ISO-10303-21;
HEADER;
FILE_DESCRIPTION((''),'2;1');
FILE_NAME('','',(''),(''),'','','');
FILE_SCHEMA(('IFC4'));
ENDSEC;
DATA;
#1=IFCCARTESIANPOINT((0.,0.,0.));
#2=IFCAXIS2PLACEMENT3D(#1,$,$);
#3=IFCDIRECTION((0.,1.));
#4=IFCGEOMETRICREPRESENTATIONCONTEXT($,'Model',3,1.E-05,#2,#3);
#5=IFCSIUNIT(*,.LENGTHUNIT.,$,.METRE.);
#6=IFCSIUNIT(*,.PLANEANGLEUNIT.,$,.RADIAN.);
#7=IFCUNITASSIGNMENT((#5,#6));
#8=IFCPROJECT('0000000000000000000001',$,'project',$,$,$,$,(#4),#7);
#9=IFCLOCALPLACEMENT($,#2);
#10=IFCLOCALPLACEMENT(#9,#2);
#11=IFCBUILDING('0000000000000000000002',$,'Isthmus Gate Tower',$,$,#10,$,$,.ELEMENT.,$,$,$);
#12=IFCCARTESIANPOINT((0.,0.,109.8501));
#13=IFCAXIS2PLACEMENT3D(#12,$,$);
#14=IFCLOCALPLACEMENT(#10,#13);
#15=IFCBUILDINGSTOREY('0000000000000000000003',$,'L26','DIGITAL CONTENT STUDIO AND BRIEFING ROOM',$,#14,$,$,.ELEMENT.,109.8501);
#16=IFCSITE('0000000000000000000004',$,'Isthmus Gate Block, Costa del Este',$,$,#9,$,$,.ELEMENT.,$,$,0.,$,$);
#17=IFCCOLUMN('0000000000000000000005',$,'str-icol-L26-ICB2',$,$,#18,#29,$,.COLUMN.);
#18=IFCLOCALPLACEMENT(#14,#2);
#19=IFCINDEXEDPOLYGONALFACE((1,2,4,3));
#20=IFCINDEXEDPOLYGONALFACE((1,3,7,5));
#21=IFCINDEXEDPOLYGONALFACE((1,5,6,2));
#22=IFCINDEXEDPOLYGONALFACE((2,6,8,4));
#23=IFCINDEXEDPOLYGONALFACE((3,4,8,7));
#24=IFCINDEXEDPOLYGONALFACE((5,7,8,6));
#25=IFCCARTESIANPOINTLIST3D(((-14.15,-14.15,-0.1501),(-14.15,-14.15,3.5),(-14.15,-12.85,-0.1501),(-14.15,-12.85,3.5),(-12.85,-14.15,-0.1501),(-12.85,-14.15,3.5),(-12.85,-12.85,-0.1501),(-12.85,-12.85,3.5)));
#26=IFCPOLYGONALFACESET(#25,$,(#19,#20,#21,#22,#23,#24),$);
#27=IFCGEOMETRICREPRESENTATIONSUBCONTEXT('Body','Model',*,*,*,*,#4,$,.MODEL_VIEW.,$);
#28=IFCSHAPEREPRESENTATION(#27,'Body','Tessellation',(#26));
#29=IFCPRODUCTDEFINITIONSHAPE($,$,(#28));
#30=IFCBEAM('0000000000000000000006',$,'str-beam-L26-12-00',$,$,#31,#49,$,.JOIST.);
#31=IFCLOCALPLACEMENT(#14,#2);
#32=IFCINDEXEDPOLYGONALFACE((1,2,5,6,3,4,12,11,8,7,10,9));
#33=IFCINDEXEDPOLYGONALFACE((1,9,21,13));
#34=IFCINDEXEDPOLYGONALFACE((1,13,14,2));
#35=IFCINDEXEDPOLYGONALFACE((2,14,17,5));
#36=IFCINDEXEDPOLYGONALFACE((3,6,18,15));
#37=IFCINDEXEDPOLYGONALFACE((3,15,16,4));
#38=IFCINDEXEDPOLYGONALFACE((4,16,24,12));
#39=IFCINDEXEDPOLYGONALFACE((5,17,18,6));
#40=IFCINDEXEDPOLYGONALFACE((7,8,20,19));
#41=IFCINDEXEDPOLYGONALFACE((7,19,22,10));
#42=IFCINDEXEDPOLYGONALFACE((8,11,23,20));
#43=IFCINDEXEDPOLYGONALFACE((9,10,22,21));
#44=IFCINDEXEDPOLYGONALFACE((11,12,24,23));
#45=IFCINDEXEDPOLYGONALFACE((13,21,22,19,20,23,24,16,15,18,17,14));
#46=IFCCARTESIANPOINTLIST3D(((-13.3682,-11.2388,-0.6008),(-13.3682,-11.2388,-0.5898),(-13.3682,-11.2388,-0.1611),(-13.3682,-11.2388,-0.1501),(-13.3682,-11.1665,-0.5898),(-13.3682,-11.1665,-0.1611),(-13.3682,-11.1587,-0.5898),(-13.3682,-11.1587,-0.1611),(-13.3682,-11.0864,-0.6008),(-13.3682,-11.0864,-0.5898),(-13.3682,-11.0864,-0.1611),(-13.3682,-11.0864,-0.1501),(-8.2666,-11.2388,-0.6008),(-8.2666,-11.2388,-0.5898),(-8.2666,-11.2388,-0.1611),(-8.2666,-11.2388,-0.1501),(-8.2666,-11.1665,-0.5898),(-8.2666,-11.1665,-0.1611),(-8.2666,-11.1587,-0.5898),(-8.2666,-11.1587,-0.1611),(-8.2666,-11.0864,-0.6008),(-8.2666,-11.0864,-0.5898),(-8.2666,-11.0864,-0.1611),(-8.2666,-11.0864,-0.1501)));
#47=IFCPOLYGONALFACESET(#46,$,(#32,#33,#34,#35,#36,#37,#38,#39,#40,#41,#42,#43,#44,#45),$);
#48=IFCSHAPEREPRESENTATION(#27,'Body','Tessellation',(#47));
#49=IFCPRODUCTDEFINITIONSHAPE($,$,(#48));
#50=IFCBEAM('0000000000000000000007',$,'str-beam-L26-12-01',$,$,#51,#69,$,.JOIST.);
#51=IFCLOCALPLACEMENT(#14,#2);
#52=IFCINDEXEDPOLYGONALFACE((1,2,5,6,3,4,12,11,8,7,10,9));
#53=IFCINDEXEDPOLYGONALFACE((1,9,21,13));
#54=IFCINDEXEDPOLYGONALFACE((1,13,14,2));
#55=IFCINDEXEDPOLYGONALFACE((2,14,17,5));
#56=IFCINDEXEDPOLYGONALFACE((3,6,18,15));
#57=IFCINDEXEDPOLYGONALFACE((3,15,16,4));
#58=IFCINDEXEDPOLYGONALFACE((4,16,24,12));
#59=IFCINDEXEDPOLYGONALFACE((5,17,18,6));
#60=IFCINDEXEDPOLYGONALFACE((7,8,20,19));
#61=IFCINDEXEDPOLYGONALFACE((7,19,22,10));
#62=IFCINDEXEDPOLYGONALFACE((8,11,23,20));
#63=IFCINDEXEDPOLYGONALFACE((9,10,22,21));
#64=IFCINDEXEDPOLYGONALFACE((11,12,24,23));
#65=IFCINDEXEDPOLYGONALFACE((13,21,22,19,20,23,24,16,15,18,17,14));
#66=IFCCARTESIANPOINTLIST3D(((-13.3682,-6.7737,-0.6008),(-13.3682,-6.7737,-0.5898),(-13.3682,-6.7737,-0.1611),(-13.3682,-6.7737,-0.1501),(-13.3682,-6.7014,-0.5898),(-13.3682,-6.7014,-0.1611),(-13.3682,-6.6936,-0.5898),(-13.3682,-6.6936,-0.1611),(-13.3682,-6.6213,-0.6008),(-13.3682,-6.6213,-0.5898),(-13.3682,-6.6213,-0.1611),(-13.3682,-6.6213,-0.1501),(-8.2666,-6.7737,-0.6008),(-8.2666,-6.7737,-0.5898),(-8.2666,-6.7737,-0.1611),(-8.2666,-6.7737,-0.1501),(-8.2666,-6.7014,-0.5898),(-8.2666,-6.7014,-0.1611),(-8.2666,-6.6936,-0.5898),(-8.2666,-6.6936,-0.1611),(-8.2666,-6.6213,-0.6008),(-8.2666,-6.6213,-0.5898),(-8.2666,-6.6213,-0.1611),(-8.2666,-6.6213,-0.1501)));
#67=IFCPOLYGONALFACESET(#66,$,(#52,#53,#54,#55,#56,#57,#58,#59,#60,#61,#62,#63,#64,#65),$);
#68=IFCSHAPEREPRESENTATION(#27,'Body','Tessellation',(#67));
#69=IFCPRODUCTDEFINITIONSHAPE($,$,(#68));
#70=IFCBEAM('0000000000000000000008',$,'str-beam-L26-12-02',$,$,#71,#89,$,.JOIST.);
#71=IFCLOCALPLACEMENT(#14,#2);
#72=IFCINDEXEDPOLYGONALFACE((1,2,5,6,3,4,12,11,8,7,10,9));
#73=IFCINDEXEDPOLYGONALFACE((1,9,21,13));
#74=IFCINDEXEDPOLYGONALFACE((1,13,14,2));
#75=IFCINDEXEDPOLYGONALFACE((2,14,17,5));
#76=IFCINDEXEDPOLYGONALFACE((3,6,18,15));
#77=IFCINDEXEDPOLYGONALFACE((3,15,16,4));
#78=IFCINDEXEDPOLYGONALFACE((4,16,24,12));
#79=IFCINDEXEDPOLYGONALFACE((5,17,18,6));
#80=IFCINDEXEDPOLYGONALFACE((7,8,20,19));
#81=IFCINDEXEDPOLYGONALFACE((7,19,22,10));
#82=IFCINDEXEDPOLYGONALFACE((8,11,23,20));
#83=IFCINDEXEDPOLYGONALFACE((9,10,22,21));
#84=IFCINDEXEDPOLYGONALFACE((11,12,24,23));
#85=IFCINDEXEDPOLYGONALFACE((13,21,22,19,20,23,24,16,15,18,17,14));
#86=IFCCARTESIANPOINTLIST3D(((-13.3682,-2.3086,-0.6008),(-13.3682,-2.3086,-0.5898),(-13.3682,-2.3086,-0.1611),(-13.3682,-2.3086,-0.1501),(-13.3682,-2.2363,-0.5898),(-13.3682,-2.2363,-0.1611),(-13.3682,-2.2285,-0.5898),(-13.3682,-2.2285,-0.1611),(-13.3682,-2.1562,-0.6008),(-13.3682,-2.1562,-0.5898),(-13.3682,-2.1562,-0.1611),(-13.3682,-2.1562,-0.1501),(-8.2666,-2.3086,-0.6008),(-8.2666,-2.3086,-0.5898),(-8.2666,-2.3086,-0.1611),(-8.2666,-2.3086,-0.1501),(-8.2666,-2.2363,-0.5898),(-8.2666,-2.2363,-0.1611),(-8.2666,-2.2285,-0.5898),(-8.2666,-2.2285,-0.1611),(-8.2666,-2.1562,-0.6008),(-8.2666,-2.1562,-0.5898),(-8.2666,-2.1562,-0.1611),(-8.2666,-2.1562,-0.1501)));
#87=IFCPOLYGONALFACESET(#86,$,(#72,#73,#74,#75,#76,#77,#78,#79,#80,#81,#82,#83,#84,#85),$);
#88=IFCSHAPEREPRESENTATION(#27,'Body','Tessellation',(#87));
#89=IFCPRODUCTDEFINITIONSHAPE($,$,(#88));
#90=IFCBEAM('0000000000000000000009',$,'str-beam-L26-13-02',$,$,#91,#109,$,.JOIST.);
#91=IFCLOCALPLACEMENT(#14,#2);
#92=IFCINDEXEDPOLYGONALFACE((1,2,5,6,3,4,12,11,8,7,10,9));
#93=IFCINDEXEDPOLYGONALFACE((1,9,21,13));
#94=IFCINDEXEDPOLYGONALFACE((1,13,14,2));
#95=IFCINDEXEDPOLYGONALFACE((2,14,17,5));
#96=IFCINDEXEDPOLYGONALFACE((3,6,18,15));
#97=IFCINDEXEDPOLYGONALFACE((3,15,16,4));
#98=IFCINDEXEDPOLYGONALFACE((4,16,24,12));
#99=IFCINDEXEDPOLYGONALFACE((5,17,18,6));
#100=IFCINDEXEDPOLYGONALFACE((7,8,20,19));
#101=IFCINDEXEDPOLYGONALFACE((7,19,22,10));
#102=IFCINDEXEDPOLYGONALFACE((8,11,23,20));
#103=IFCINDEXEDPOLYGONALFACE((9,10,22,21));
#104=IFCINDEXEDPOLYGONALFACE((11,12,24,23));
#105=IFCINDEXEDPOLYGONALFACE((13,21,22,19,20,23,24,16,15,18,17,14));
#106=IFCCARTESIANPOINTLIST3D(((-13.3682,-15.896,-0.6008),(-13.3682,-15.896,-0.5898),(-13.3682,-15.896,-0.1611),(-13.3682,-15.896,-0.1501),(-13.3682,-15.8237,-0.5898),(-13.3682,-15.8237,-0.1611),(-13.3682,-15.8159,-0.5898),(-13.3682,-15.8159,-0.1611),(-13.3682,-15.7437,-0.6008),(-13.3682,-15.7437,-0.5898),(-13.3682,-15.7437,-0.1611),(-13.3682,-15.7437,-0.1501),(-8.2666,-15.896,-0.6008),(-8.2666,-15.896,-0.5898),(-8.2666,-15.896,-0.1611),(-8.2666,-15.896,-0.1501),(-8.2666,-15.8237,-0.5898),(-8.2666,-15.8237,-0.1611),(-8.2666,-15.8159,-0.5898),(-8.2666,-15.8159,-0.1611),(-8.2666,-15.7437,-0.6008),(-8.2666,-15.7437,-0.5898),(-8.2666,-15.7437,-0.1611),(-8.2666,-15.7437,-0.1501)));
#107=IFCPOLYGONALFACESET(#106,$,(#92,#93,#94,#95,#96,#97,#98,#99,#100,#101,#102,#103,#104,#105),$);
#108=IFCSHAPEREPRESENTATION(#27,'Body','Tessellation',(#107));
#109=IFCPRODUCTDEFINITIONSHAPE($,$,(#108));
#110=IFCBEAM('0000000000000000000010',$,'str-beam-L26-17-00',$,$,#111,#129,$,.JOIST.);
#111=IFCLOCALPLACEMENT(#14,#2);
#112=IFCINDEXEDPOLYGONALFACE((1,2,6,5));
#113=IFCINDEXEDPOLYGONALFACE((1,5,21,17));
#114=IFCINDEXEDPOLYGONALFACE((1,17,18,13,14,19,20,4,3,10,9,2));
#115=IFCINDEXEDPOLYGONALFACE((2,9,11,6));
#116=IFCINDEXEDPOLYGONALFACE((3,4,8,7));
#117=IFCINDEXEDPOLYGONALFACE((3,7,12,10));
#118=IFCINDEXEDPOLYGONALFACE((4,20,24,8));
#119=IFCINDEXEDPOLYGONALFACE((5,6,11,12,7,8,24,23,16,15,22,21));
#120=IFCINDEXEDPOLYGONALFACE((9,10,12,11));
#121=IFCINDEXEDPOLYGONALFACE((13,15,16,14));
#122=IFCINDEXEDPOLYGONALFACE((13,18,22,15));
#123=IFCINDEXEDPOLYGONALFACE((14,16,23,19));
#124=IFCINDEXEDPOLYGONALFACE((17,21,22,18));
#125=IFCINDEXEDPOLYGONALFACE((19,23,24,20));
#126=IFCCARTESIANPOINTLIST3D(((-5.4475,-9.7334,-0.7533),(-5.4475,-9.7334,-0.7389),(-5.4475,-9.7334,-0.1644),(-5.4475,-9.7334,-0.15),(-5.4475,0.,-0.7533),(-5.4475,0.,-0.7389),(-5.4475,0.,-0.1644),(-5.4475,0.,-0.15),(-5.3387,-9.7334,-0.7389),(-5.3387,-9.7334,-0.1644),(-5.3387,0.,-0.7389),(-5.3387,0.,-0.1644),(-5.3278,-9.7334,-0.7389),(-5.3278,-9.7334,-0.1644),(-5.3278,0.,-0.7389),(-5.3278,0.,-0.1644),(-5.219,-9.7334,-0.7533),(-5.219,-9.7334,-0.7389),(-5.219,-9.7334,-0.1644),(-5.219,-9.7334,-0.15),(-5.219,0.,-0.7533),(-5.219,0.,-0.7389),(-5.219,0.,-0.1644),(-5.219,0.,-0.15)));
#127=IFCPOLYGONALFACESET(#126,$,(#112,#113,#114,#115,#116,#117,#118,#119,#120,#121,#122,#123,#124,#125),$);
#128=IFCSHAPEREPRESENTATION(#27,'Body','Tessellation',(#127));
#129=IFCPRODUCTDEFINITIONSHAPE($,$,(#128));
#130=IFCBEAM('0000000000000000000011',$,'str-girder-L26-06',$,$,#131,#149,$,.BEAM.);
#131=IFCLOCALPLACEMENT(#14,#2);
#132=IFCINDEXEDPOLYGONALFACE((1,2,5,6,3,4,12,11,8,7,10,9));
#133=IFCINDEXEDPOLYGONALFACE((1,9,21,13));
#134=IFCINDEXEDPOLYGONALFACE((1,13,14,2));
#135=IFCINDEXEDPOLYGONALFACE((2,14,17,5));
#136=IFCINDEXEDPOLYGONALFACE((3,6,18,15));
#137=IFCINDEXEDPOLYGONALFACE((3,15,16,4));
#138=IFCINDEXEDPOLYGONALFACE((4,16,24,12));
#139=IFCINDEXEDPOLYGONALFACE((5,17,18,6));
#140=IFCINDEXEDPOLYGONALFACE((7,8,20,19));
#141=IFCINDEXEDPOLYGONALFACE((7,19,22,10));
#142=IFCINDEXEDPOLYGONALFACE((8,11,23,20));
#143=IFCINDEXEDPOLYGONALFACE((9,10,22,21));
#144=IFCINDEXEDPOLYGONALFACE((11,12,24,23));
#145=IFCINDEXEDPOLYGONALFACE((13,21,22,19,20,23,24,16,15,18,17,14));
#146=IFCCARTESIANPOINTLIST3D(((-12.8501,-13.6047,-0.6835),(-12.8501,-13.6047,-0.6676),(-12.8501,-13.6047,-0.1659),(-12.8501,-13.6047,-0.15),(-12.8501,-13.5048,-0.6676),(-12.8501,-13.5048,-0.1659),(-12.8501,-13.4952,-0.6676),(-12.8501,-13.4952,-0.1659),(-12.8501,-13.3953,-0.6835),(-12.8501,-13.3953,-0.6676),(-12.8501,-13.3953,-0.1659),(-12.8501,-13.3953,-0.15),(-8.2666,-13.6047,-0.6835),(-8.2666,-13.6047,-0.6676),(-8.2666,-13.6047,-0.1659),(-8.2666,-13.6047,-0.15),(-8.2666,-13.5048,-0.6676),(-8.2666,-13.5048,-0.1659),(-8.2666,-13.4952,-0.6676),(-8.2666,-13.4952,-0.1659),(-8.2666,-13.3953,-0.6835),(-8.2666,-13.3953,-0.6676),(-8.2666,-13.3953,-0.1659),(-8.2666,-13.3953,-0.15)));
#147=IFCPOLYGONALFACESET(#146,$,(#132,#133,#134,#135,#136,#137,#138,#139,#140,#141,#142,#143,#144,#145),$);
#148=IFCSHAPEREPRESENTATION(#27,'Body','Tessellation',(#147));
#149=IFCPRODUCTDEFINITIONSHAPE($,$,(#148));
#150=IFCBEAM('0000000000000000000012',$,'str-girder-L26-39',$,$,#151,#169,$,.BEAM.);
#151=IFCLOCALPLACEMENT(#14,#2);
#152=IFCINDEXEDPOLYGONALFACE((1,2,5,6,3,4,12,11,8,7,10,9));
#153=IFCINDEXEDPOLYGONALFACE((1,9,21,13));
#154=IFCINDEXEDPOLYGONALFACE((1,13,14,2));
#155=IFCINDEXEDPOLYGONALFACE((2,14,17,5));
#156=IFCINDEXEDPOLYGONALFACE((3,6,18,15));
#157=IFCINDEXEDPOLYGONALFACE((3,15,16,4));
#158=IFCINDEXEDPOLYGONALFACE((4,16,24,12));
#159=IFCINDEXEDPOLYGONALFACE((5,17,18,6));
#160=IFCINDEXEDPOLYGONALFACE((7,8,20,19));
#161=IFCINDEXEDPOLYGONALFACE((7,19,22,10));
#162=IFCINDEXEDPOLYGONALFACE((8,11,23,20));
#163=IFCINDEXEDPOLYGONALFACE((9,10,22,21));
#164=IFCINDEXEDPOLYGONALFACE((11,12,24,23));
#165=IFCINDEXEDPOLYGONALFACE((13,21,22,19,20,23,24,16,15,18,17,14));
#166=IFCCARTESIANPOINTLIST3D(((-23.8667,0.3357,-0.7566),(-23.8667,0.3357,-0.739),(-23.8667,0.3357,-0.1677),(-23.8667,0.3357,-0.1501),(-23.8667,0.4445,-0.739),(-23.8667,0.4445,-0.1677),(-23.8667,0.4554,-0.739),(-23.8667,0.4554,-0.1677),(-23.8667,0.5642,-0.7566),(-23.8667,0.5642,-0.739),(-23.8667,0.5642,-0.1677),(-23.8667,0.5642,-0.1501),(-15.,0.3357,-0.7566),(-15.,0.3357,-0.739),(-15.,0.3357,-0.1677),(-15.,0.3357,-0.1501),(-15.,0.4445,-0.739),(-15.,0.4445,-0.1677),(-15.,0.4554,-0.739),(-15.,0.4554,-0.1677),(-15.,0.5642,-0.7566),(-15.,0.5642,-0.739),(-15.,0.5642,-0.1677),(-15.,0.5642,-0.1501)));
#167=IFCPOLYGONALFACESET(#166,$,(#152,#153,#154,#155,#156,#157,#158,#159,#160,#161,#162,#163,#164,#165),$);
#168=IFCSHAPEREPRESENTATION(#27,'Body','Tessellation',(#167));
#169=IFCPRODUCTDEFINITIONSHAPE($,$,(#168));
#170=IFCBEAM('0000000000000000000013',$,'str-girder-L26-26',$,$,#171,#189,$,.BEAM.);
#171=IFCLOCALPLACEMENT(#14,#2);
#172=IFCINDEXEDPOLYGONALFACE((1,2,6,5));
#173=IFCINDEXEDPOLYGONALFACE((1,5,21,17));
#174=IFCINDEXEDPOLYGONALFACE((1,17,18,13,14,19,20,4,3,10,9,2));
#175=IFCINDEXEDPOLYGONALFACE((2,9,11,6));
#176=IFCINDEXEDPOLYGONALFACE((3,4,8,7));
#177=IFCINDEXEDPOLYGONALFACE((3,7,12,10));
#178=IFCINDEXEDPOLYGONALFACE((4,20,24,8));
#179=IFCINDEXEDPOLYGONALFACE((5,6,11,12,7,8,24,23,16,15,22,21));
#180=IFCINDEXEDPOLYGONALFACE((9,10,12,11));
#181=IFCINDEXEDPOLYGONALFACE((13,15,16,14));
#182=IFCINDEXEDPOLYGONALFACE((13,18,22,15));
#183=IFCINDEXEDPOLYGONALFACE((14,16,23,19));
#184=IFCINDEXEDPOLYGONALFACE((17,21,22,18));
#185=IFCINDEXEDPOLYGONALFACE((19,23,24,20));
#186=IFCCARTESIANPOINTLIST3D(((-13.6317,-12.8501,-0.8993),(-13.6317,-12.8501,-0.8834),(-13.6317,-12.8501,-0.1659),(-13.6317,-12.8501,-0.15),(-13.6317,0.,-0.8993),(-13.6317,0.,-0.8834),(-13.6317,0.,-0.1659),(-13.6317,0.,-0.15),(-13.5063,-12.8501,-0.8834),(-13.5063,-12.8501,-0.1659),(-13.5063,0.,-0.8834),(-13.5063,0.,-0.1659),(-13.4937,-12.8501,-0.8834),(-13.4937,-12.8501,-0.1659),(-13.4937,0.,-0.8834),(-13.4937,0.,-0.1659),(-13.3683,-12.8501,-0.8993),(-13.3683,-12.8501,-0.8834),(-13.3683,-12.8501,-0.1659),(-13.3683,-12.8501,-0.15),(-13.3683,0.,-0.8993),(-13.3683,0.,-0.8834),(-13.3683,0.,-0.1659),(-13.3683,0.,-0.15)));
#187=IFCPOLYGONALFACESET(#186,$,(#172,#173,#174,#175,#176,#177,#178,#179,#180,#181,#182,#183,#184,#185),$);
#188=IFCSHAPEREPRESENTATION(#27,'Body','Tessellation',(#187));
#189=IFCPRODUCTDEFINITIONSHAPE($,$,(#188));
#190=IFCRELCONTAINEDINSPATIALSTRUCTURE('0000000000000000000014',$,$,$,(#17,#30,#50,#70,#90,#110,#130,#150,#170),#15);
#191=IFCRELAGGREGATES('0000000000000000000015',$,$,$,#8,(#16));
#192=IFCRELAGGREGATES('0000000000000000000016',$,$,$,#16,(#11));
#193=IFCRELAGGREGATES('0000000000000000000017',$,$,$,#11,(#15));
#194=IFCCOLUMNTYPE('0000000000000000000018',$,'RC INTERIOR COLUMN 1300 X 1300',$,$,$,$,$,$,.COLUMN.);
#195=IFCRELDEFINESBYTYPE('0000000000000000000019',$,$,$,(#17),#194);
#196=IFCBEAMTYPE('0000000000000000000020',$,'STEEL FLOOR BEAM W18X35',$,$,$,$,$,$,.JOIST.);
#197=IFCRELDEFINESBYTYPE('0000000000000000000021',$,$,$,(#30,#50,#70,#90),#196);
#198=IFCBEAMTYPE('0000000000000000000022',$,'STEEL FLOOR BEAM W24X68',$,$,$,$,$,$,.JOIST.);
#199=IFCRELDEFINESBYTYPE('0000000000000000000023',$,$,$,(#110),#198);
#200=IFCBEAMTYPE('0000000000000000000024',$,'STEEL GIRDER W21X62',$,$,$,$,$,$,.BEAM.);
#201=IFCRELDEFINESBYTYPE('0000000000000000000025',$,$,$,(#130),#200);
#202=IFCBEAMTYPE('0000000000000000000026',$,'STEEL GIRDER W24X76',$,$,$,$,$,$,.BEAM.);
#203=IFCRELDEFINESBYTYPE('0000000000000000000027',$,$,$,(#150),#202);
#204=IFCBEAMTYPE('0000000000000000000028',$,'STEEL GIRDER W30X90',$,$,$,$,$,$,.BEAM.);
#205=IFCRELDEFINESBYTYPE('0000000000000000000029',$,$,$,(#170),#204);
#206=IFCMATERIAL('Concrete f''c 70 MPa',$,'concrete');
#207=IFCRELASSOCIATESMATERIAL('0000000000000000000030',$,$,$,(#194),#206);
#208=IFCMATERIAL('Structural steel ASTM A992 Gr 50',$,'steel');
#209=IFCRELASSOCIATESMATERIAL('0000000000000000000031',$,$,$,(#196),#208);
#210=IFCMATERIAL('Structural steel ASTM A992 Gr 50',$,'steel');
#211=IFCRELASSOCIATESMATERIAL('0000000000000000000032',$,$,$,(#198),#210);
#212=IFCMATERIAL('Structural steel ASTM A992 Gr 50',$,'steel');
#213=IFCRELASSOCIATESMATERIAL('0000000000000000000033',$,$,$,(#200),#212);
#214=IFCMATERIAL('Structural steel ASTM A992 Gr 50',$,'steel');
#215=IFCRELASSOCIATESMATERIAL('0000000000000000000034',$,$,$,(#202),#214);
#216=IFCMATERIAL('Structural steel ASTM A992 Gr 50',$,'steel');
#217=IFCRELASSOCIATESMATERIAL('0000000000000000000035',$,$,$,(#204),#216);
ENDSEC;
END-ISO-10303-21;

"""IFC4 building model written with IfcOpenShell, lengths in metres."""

from ifc_helpers import new_model, si_unit, direction, frame, origin, origin_2d, place, context, subcontext, project, spatial, rectangle, i_section, extrude, material, material_profile, profile_set, type_object, element, save


model = new_model("IFC4")

# Units and contexts
model_context = context("Model", 3, precision=1e-05, world=origin(), true_north=direction((0.0, 1.0)))
body_context = subcontext(model_context, "Body", "Model", "MODEL_VIEW")
ifc_project = project(units=[si_unit("LENGTHUNIT", "METRE"), si_unit("PLANEANGLEUNIT", "RADIAN")], contexts=[model_context])

# Site, building, storey
site_placement = place(None, origin())
site = spatial("IfcSite", under=ifc_project, at=site_placement, Name="Isthmus Gate Block, Costa del Este", CompositionType="ELEMENT", RefElevation=0.0)
building_placement = place(site_placement, origin())
building = spatial("IfcBuilding", under=site, at=building_placement, Name="Isthmus Gate Tower", CompositionType="ELEMENT")
storey_placement = place(building_placement, frame((0.0, 0.0, 109.8501)))
storey = spatial("IfcBuildingStorey", under=building, at=storey_placement, Name="L26", Description="DIGITAL CONTENT STUDIO AND BRIEFING ROOM", CompositionType="ELEMENT", Elevation=109.8501)

# Column
ifc_material_1 = material(Name="Concrete f'c 70 MPa", Category="concrete")
ifc_material_profile_1 = material_profile(ifc_material_1, rectangle(XDim=1.3, YDim=1.3, at=origin_2d()), Name="RC 1300X1300")
ifc_profile_set_1 = profile_set([ifc_material_profile_1], Name="Concrete f'c 70 MPa")
column_type = type_object("IfcColumnType", Name="RC INTERIOR COLUMN 1300 X 1300", PredefinedType="COLUMN", material=ifc_profile_set_1)
column_placement = place(storey_placement, frame((-13.5, -13.5, -0.1501), z_axis=(0.0, 0.0, 1.0), x_axis=(1.0, 0.0, 0.0)))
element("IfcColumn", 1, at=column_placement, inside=storey, type_object=column_type, Name="str-icol-L26-ICB2", PredefinedType="COLUMN", context=body_context, shape_type="SweptSolid", body=[
    extrude(rectangle(XDim=1.3, YDim=1.3, at=origin_2d()), origin(), (0.0, 0.0, 1.0), 3.6501),
])

# Beams
ifc_material_2 = material(Name="Structural steel ASTM A992 Gr 50", Category="steel")
ifc_material_profile_2 = material_profile(ifc_material_2, i_section(OverallWidth=0.1523, OverallDepth=0.4507, WebThickness=0.0078, FlangeThickness=0.011, at=origin_2d()), Name="W18X35")
ifc_profile_set_2 = profile_set([ifc_material_profile_2], Name="Structural steel ASTM A992 Gr 50")
beam_type_1 = type_object("IfcBeamType", Name="STEEL FLOOR BEAM W18X35", PredefinedType="JOIST", material=ifc_profile_set_2)
for number, where, z_axis, x_axis, name in (
    (2, (-13.3682, -11.1626, -0.3755), (1.0, 0.0, 0.0), (0.0, 1.0, 0.0), "str-beam-L26-12-00"),
    (3, (-13.3682, -6.6975, -0.3755), (1.0, 0.0, 0.0), (0.0, 1.0, 0.0), "str-beam-L26-12-01"),
    (4, (-13.3682, -2.2324, -0.3755), (1.0, 0.0, 0.0), (0.0, 1.0, 0.0), "str-beam-L26-12-02"),
    (5, (-13.3682, -15.8198, -0.3755), (1.0, 0.0, 0.0), (0.0, 1.0, 0.0), "str-beam-L26-13-02"),
):
    element("IfcBeam", number, at=place(storey_placement, frame(where, z_axis=z_axis, x_axis=x_axis)), inside=storey, type_object=beam_type_1, Name=name, PredefinedType="JOIST", context=body_context, shape_type="SweptSolid", body=[
        extrude(i_section(OverallWidth=0.1523, OverallDepth=0.4507, WebThickness=0.0078, FlangeThickness=0.011, at=origin_2d()), origin(), (0.0, 0.0, 1.0), 5.1016),
    ])
ifc_material_3 = material(Name="Structural steel ASTM A992 Gr 50", Category="steel")
ifc_material_profile_3 = material_profile(ifc_material_3, i_section(OverallWidth=0.2285, OverallDepth=0.6033, WebThickness=0.011, FlangeThickness=0.0144, at=origin_2d()), Name="W24X68")
ifc_profile_set_3 = profile_set([ifc_material_profile_3], Name="Structural steel ASTM A992 Gr 50")
beam_type_2 = type_object("IfcBeamType", Name="STEEL FLOOR BEAM W24X68", PredefinedType="JOIST", material=ifc_profile_set_3)
beam_1_placement = place(storey_placement, frame((-5.3333, -9.7334, -0.4517), z_axis=(0.0, 1.0, 0.0), x_axis=(-1.0, 0.0, 0.0)))
element("IfcBeam", 6, at=beam_1_placement, inside=storey, type_object=beam_type_2, Name="str-beam-L26-17-00", PredefinedType="JOIST", context=body_context, shape_type="SweptSolid", body=[
    extrude(i_section(OverallWidth=0.2285, OverallDepth=0.6033, WebThickness=0.011, FlangeThickness=0.0144, at=origin_2d()), origin(), (0.0, 0.0, 1.0), 9.7334),
])
ifc_material_4 = material(Name="Structural steel ASTM A992 Gr 50", Category="steel")
ifc_material_profile_4 = material_profile(ifc_material_4, i_section(OverallWidth=0.2095, OverallDepth=0.5334, WebThickness=0.0095, FlangeThickness=0.0159, at=origin_2d()), Name="W21X62")
ifc_profile_set_4 = profile_set([ifc_material_profile_4], Name="Structural steel ASTM A992 Gr 50")
beam_type_3 = type_object("IfcBeamType", Name="STEEL GIRDER W21X62", PredefinedType="BEAM", material=ifc_profile_set_4)
beam_2_placement = place(storey_placement, frame((-12.8501, -13.5, -0.4167), z_axis=(1.0, 0.0, 0.0), x_axis=(0.0, 1.0, 0.0)))
element("IfcBeam", 7, at=beam_2_placement, inside=storey, type_object=beam_type_3, Name="str-girder-L26-06", PredefinedType="BEAM", context=body_context, shape_type="SweptSolid", body=[
    extrude(i_section(OverallWidth=0.2095, OverallDepth=0.5334, WebThickness=0.0095, FlangeThickness=0.0159, at=origin_2d()), origin(), (0.0, 0.0, 1.0), 4.5835),
])
ifc_material_5 = material(Name="Structural steel ASTM A992 Gr 50", Category="steel")
ifc_material_profile_5 = material_profile(ifc_material_5, i_section(OverallWidth=0.2285, OverallDepth=0.6064, WebThickness=0.011, FlangeThickness=0.0176, at=origin_2d()), Name="W24X76")
ifc_profile_set_5 = profile_set([ifc_material_profile_5], Name="Structural steel ASTM A992 Gr 50")
beam_type_4 = type_object("IfcBeamType", Name="STEEL GIRDER W24X76", PredefinedType="BEAM", material=ifc_profile_set_5)
beam_3_placement = place(storey_placement, frame((-15.0, 0.45, -0.4534), z_axis=(-1.0, 0.0, 0.0), x_axis=(0.0, -1.0, 0.0)))
element("IfcBeam", 8, at=beam_3_placement, inside=storey, type_object=beam_type_4, Name="str-girder-L26-39", PredefinedType="BEAM", context=body_context, shape_type="SweptSolid", body=[
    extrude(i_section(OverallWidth=0.2285, OverallDepth=0.6064, WebThickness=0.011, FlangeThickness=0.0176, at=origin_2d()), origin(), (0.0, 0.0, 1.0), 8.8667),
])
ifc_material_6 = material(Name="Structural steel ASTM A992 Gr 50", Category="steel")
ifc_material_profile_6 = material_profile(ifc_material_6, i_section(OverallWidth=0.2634, OverallDepth=0.7493, WebThickness=0.0127, FlangeThickness=0.0159, at=origin_2d()), Name="W30X90")
ifc_profile_set_6 = profile_set([ifc_material_profile_6], Name="Structural steel ASTM A992 Gr 50")
beam_type_5 = type_object("IfcBeamType", Name="STEEL GIRDER W30X90", PredefinedType="BEAM", material=ifc_profile_set_6)
beam_4_placement = place(storey_placement, frame((-13.5, -12.8501, -0.5247), z_axis=(0.0, 1.0, 0.0), x_axis=(-1.0, 0.0, 0.0)))
element("IfcBeam", 9, at=beam_4_placement, inside=storey, type_object=beam_type_5, Name="str-girder-L26-26", PredefinedType="BEAM", context=body_context, shape_type="SweptSolid", body=[
    extrude(i_section(OverallWidth=0.2634, OverallDepth=0.7493, WebThickness=0.0127, FlangeThickness=0.0159, at=origin_2d()), origin(), (0.0, 0.0, 1.0), 12.8501),
])

save(model, "model.ifc")
